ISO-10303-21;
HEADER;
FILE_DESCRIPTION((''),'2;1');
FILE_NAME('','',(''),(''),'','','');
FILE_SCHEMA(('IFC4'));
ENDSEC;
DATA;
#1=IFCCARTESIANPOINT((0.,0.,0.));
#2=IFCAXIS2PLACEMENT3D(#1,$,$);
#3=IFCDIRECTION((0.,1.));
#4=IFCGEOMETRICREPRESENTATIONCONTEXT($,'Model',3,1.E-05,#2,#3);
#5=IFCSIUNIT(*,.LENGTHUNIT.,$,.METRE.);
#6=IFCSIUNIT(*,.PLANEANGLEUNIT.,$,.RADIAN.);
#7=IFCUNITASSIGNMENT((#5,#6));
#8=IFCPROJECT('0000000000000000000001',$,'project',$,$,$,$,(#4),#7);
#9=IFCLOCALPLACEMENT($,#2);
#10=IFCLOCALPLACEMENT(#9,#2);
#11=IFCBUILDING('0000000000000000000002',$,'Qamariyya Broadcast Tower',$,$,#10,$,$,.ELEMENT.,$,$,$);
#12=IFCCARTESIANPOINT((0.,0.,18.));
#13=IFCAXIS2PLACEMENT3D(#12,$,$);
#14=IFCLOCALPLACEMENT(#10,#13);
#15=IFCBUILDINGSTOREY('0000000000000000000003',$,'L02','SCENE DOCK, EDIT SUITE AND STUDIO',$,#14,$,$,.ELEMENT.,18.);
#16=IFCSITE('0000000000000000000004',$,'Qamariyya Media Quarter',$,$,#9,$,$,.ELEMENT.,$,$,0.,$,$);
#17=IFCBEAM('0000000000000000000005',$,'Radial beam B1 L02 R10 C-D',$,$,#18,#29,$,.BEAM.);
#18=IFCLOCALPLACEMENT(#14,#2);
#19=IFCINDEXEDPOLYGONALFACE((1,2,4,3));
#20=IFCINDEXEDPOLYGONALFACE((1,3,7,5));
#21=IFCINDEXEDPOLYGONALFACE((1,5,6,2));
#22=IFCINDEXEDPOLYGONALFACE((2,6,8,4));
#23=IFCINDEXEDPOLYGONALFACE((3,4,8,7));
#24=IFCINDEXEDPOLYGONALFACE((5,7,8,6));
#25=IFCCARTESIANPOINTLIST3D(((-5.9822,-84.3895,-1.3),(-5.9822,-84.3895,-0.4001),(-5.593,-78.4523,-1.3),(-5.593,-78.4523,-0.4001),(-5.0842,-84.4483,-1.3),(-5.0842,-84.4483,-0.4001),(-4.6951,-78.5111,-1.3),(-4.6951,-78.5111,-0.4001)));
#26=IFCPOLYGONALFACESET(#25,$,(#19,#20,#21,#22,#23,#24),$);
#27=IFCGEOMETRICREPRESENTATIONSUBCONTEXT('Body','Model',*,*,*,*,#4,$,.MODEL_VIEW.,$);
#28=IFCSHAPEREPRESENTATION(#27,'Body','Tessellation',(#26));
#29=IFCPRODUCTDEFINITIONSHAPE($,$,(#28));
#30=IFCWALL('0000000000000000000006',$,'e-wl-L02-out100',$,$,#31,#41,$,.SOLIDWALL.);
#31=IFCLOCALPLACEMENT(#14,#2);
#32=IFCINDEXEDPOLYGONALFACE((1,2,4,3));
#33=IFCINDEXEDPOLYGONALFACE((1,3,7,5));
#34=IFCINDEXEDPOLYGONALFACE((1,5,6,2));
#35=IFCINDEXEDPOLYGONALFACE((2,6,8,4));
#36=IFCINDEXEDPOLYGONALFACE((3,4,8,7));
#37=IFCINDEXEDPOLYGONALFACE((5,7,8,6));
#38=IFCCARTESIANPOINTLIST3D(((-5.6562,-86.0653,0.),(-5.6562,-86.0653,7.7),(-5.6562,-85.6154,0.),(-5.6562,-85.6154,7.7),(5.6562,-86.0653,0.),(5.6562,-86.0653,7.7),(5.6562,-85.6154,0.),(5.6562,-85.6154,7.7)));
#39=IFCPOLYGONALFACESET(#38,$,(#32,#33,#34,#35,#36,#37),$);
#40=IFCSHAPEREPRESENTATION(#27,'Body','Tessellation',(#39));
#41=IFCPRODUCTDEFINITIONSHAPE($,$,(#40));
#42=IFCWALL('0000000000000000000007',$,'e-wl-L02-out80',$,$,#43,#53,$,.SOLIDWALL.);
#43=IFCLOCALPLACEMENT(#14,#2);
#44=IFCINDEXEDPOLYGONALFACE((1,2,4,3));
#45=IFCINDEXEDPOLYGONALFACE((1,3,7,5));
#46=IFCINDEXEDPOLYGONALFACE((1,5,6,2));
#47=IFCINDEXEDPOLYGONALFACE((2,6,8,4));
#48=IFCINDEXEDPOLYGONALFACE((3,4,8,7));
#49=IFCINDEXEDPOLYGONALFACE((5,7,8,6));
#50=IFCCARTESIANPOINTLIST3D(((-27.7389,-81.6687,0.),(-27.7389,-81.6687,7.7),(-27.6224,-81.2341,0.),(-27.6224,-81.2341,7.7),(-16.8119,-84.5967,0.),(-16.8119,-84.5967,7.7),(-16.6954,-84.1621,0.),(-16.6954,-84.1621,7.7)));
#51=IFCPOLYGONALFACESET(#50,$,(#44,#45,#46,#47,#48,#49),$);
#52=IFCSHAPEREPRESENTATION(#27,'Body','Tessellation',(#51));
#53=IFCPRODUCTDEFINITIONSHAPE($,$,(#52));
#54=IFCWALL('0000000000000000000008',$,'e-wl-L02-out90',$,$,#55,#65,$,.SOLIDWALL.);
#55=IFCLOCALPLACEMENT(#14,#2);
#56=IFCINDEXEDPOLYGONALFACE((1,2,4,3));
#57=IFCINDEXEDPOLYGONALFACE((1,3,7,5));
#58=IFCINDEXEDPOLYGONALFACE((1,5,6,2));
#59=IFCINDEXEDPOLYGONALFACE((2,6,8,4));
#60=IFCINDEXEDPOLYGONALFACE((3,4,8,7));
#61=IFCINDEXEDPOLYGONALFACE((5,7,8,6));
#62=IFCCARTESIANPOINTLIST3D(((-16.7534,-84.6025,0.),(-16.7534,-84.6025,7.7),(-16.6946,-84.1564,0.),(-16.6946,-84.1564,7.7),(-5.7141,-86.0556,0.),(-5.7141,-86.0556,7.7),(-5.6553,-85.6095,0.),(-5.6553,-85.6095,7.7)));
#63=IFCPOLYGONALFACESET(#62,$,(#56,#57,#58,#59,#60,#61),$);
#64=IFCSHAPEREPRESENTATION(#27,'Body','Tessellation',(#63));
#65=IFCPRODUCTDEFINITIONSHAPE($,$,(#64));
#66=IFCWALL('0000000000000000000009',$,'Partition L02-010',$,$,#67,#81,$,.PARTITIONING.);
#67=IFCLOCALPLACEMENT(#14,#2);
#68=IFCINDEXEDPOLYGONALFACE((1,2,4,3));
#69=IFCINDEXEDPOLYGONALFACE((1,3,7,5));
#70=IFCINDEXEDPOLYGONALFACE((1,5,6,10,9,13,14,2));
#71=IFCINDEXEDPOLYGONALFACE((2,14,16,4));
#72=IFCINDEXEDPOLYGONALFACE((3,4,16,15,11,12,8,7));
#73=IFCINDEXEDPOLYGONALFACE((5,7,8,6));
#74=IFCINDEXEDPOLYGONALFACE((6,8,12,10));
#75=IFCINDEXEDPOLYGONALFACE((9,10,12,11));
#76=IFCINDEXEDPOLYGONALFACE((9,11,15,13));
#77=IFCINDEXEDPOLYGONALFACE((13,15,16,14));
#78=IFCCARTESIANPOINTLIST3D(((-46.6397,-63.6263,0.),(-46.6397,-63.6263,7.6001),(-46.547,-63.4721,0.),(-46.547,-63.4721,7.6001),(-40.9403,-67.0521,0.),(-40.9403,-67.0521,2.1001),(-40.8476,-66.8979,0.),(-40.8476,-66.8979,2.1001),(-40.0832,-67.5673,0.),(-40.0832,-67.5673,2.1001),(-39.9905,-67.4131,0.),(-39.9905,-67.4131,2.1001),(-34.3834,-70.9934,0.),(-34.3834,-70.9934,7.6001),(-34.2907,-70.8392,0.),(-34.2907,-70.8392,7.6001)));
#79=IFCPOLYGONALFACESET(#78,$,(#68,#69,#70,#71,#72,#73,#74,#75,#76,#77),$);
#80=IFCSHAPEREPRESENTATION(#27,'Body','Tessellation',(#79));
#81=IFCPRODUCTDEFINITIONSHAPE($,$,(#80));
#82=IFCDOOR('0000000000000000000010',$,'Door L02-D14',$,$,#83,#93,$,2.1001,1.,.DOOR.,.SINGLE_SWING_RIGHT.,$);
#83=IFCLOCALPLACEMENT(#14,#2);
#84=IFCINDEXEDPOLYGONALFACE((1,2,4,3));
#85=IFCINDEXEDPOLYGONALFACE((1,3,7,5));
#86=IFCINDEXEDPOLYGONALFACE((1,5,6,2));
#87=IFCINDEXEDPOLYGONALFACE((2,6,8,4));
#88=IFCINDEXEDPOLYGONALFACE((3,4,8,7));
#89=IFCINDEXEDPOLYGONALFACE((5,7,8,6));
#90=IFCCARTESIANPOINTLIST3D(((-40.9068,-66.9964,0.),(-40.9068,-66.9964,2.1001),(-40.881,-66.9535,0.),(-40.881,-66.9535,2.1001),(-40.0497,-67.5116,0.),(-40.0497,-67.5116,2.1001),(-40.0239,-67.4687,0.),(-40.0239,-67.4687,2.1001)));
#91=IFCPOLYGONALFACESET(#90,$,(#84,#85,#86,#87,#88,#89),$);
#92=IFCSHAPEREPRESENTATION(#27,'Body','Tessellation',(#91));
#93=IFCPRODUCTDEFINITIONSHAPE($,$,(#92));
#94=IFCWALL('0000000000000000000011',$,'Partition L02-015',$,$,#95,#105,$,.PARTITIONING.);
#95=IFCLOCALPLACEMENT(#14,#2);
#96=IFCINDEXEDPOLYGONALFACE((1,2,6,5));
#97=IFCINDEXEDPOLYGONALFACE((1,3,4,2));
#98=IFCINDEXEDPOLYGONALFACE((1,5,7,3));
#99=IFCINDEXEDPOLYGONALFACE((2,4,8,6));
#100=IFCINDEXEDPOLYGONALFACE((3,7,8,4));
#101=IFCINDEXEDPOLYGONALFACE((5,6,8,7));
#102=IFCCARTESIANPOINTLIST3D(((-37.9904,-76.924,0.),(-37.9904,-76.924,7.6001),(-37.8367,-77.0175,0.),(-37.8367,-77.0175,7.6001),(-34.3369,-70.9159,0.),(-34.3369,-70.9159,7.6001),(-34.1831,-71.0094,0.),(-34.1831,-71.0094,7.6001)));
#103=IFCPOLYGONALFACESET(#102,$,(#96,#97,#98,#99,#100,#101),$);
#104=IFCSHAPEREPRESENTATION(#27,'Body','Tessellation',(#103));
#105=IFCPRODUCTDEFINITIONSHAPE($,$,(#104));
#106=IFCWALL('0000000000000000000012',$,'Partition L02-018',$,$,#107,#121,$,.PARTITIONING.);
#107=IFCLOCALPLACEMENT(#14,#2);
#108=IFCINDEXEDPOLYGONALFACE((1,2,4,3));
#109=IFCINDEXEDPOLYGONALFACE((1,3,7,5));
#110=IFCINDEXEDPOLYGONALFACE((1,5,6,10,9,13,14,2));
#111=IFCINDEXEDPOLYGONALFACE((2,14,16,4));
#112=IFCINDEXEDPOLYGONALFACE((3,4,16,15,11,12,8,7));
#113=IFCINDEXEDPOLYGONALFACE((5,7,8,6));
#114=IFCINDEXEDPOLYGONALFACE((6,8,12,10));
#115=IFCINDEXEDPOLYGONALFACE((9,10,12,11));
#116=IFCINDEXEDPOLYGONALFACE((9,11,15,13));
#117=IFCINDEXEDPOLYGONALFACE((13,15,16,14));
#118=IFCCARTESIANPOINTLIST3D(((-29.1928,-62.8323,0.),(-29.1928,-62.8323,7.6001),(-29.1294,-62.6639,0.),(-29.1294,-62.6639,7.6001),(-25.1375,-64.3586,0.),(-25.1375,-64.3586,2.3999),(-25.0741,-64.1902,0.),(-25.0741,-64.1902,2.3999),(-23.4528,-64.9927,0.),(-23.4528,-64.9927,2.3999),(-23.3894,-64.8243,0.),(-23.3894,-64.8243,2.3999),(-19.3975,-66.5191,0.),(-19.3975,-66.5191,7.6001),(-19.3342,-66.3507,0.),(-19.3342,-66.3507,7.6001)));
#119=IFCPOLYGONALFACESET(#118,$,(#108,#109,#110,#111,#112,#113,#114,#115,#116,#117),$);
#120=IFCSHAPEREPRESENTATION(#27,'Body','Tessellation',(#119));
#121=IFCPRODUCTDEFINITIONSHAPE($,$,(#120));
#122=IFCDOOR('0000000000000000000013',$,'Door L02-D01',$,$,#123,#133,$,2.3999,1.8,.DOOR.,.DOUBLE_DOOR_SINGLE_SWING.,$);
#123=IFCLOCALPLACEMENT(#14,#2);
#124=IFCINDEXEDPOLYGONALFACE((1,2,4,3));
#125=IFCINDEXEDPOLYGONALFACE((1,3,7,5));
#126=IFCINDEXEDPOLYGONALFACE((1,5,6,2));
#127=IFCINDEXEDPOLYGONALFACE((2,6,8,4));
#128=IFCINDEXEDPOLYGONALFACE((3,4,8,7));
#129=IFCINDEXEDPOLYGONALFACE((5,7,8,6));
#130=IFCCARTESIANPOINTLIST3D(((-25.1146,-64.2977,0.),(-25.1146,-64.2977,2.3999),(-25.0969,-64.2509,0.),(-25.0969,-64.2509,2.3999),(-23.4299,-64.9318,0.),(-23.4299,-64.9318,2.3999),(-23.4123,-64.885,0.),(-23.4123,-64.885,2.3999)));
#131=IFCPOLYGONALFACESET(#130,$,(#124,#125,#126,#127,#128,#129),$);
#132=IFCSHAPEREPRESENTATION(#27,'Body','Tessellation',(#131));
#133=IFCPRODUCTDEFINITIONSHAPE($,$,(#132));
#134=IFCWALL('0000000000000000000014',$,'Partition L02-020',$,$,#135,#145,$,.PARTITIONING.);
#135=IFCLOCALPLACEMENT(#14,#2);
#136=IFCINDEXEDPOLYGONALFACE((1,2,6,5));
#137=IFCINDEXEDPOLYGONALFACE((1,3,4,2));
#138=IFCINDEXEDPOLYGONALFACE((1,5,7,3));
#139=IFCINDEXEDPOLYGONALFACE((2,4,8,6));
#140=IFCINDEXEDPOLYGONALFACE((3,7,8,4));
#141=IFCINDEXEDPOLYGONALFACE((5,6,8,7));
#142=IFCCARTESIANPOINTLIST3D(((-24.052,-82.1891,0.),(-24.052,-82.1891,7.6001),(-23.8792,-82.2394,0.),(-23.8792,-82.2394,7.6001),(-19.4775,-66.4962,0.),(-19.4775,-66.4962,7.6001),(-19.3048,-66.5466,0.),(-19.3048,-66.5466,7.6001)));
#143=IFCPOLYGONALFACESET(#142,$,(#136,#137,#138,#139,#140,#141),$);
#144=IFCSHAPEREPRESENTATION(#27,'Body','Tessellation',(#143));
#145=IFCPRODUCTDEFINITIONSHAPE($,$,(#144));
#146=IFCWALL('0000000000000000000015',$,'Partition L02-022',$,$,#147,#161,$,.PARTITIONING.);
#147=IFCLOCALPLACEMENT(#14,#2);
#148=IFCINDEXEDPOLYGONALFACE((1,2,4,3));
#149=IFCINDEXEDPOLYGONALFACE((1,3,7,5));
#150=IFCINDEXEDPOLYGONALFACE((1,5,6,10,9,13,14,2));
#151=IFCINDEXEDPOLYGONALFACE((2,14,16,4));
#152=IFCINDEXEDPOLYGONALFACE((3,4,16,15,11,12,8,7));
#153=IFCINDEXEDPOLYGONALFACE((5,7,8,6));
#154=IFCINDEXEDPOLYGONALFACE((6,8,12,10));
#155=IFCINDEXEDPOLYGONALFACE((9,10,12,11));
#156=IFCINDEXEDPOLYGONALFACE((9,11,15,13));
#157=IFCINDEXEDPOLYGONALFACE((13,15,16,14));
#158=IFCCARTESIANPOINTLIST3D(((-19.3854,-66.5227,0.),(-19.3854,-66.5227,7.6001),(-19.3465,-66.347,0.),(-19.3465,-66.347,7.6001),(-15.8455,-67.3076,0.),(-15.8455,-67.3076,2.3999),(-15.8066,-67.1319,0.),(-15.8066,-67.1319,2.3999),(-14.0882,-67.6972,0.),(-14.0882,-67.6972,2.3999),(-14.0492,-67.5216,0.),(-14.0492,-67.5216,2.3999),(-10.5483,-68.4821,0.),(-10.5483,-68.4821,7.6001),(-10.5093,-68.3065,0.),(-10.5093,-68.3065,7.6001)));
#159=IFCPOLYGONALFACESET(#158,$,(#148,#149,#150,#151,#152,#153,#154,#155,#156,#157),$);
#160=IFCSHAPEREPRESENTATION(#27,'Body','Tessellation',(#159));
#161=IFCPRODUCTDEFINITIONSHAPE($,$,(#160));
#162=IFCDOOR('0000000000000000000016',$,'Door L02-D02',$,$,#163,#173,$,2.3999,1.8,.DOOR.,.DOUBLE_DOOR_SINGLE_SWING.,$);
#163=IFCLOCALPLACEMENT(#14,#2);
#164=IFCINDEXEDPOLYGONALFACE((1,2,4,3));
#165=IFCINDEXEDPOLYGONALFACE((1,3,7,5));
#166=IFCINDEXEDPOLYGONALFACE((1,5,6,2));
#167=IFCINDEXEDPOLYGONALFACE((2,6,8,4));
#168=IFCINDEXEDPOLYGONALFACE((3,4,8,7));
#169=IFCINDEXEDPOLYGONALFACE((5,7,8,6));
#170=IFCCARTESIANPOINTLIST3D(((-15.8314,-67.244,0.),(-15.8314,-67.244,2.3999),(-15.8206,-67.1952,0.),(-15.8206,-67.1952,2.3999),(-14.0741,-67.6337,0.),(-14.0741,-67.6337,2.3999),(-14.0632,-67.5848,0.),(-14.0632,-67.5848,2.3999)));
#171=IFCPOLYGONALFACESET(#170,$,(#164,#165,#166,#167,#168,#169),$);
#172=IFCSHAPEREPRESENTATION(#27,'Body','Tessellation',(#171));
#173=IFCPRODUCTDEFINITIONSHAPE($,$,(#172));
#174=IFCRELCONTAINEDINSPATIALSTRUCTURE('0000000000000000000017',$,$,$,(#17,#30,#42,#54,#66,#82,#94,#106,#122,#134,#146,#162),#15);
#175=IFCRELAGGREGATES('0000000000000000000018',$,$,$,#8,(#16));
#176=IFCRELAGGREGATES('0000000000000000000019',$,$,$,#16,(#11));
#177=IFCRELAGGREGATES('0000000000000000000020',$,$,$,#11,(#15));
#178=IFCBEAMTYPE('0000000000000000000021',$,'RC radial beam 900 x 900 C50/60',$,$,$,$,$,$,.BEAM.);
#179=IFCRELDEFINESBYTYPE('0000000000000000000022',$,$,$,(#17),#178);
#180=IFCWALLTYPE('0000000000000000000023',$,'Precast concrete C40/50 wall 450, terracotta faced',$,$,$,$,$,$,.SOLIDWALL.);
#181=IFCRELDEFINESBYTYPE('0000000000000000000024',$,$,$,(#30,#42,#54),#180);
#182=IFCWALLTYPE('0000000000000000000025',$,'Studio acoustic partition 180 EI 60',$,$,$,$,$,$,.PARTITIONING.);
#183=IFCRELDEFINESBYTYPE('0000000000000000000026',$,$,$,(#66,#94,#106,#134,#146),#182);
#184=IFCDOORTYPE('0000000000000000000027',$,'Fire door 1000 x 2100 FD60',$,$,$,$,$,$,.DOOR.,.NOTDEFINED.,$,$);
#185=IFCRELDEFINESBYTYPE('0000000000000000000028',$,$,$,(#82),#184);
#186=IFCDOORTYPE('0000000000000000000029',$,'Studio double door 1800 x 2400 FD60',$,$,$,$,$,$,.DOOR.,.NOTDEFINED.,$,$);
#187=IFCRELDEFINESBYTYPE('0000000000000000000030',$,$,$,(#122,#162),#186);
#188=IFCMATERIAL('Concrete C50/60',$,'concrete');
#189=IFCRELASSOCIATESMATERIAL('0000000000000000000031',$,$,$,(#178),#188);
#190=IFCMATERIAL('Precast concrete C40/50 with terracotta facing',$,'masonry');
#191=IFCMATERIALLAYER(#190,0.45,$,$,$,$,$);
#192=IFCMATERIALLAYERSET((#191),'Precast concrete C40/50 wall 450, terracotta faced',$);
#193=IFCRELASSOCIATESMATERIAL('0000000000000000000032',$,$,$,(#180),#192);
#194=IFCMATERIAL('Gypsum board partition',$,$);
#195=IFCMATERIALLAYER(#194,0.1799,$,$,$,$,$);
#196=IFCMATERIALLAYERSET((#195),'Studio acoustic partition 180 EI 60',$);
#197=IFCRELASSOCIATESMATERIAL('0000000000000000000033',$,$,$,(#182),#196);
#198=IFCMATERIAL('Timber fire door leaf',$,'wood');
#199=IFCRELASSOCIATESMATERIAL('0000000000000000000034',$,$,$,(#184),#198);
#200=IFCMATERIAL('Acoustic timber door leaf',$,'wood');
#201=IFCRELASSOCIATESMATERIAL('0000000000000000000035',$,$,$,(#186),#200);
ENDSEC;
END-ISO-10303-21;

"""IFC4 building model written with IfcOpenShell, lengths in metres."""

from ifc_helpers import new_model, si_unit, direction, frame, frame_2d, origin, origin_2d, place, context, subcontext, project, spatial, rectangle, extrude, material, layer, layer_set, material_profile, profile_set, type_object, element, fill, save


model = new_model("IFC4")

# Units and contexts
model_context = context("Model", 3, precision=1e-05, world=origin(), true_north=direction((0.0, 1.0)))
body_context = subcontext(model_context, "Body", "Model", "MODEL_VIEW")
ifc_project = project(units=[si_unit("LENGTHUNIT", "METRE"), si_unit("PLANEANGLEUNIT", "RADIAN")], contexts=[model_context])

# Site, building, storey
site_placement = place(None, origin())
site = spatial("IfcSite", under=ifc_project, at=site_placement, Name="Qamariyya Media Quarter", CompositionType="ELEMENT", RefElevation=0.0)
building_placement = place(site_placement, origin())
building = spatial("IfcBuilding", under=site, at=building_placement, Name="Qamariyya Broadcast Tower", CompositionType="ELEMENT")
storey_placement = place(building_placement, frame((0.0, 0.0, 18.0)))
storey = spatial("IfcBuildingStorey", under=building, at=storey_placement, Name="L02", Description="SCENE DOCK, EDIT SUITE AND STUDIO", CompositionType="ELEMENT", Elevation=18.0)

# Beam
ifc_material_1 = material(Name="Concrete C50/60", Category="concrete")
ifc_material_profile_1 = material_profile(ifc_material_1, rectangle(XDim=0.8999, YDim=0.8999, at=origin_2d()))
ifc_profile_set_1 = profile_set([ifc_material_profile_1], Name="Concrete C50/60")
beam_type_1 = type_object("IfcBeamType", Name="RC radial beam 900 x 900 C50/60", PredefinedType="BEAM", material=ifc_profile_set_1)
for number, where, z_axis, x_axis, name in (
    (1, (-5.144, -78.4817, -0.8501), (-0.065405, -0.997859, 0.0), (0.997859, -0.065405, 0.0), "Radial beam B1 L02 R10 C-D"),
):
    element("IfcBeam", number, at=place(storey_placement, frame(where, z_axis=z_axis, x_axis=x_axis)), inside=storey, type_object=beam_type_1, Name=name, PredefinedType="BEAM", context=body_context, shape_type="SweptSolid", body=[
        extrude(rectangle(XDim=0.8999, YDim=0.8999, at=origin_2d()), origin(), (0.0, 0.0, 1.0), 5.95),
    ])

# Walls
ifc_material_2 = material(Name="Precast concrete C40/50 with terracotta facing", Category="masonry")
ifc_layer_1 = layer(ifc_material_2, 0.45)
ifc_layer_set_1 = layer_set([ifc_layer_1], Name="Precast concrete C40/50 wall 450, terracotta faced")
wall_type_1 = type_object("IfcWallType", Name="Precast concrete C40/50 wall 450, terracotta faced", PredefinedType="SOLIDWALL", material=ifc_layer_set_1)
for number, where, z_axis, x_axis, name in (
    (2, (-5.6562, -85.8403, 0.0), (0.0, 0.0, 1.0), (1.0, 0.0, 0.0), "e-wl-L02-out100"),
    (3, (-27.6807, -81.4514, 0.0), (0.0, 0.0, 1.0), (0.965924, -0.258827, 0.0), "e-wl-L02-out80"),
):
    element("IfcWall", number, at=place(storey_placement, frame(where, z_axis=z_axis, x_axis=x_axis)), inside=storey, type_object=wall_type_1, Name=name, PredefinedType="SOLIDWALL", context=body_context, shape_type="SweptSolid", body=[
        extrude(rectangle(XDim=11.3125, YDim=0.45, at=frame_2d((5.6562, 0.0))), origin(), (0.0, 0.0, 1.0), 7.7),
    ])
wall_1_placement = place(storey_placement, frame((-16.7241, -84.3794, 0.0), z_axis=(0.0, 0.0, 1.0), x_axis=(0.991448, -0.130506, 0.0)))
element("IfcWall", 4, at=wall_1_placement, inside=storey, type_object=wall_type_1, Name="e-wl-L02-out90", PredefinedType="SOLIDWALL", context=body_context, shape_type="SweptSolid", body=[
    extrude(rectangle(XDim=11.1345, YDim=0.45, at=frame_2d((5.5674, 0.0))), origin(), (0.0, 0.0, 1.0), 7.7),
])

# Wall, opening, door
ifc_material_3 = material(Name="Gypsum board partition")
ifc_layer_2 = layer(ifc_material_3, 0.1799)
ifc_layer_set_2 = layer_set([ifc_layer_2], Name="Studio acoustic partition 180 EI 60")
wall_type_2 = type_object("IfcWallType", Name="Studio acoustic partition 180 EI 60", PredefinedType="PARTITIONING", material=ifc_layer_set_2)
wall_2_placement = place(storey_placement, frame((-34.3372, -70.9163, 0.0), z_axis=(0.0, 0.0, 1.0), x_axis=(-0.85708, 0.515184, 0.0)))
wall_2 = element("IfcWall", 5, at=wall_2_placement, inside=storey, type_object=wall_type_2, Name="Partition L02-010", PredefinedType="PARTITIONING", context=body_context, shape_type="SweptSolid", body=[
    extrude(rectangle(XDim=14.3, YDim=0.1799, at=frame_2d((7.1499, 0.0))), origin(), (0.0, 0.0, 1.0), 7.6001),
])
opening_1_placement = place(wall_2_placement, frame((6.6501, 0.0, 0.0)))
opening_1 = element("IfcOpeningElement", 6, at=opening_1_placement, cuts=wall_2, PredefinedType="OPENING", context=body_context, shape_type="SweptSolid", body=[
    extrude(rectangle(XDim=1.0, YDim=2.1001, at=frame_2d((0.5, 1.05))), frame((0.0, 0.0999, 0.0), z_axis=(0.0, -1.0, 0.0), x_axis=(1.0, 0.0, 0.0)), (0.0, 0.0, 1.0), 0.2),
])
ifc_material_4 = material(Name="Timber fire door leaf", Category="wood")
door_type_1 = type_object("IfcDoorType", Name="Fire door 1000 x 2100 FD60", OperationType="NOTDEFINED", PredefinedType="DOOR", material=ifc_material_4)
door_1_placement = place(opening_1_placement, origin())
door_1 = element("IfcDoor", 7, at=door_1_placement, inside=storey, type_object=door_type_1, Name="Door L02-D14", OperationType="SINGLE_SWING_RIGHT", OverallHeight=2.1001, OverallWidth=1.0, PredefinedType="DOOR", context=body_context, shape_type="SweptSolid", body=[
    extrude(rectangle(XDim=1.0, YDim=2.1001, at=frame_2d((0.5, 1.05))), frame((0.0, 0.0249, 0.0), z_axis=(0.0, -1.0, 0.0), x_axis=(1.0, 0.0, 0.0)), (0.0, 0.0, 1.0), 0.05),
])
fill(opening_1, door_1)

# Wall
wall_3_placement = place(storey_placement, frame((-34.26, -70.9626, 0.0), z_axis=(0.0, 0.0, 1.0), x_axis=(-0.519582, -0.85442, 0.0)))
element("IfcWall", 8, at=wall_3_placement, inside=storey, type_object=wall_type_2, Name="Partition L02-015", PredefinedType="PARTITIONING", context=body_context, shape_type="SweptSolid", body=[
    extrude(rectangle(XDim=7.0317, YDim=0.1799, at=frame_2d((3.5159, 0.0))), origin(), (0.0, 0.0, 1.0), 7.6001),
])

# Wall, opening, door
wall_4_placement = place(storey_placement, frame((-19.366, -66.4348, 0.0), z_axis=(0.0, 0.0, 1.0), x_axis=(-0.935902, 0.352261, 0.0)))
wall_4 = element("IfcWall", 9, at=wall_4_placement, inside=storey, type_object=wall_type_2, Name="Partition L02-018", PredefinedType="PARTITIONING", context=body_context, shape_type="SweptSolid", body=[
    extrude(rectangle(XDim=10.4661, YDim=0.1799, at=frame_2d((5.2329, 0.0))), origin(), (0.0, 0.0, 1.0), 7.6001),
])
opening_2_placement = place(wall_4_placement, frame((4.333, 0.0, 0.0)))
opening_2 = element("IfcOpeningElement", 10, at=opening_2_placement, cuts=wall_4, PredefinedType="OPENING", context=body_context, shape_type="SweptSolid", body=[
    extrude(rectangle(XDim=1.8, YDim=2.3999, at=frame_2d((0.8999, 1.2))), frame((0.0, 0.0999, 0.0), z_axis=(0.0, -1.0, 0.0), x_axis=(1.0, 0.0, 0.0)), (0.0, 0.0, 1.0), 0.2),
])
ifc_material_5 = material(Name="Acoustic timber door leaf", Category="wood")
door_type_2 = type_object("IfcDoorType", Name="Studio double door 1800 x 2400 FD60", OperationType="NOTDEFINED", PredefinedType="DOOR", material=ifc_material_5)
door_2_placement = place(opening_2_placement, origin())
door_2 = element("IfcDoor", 11, at=door_2_placement, inside=storey, type_object=door_type_2, Name="Door L02-D01", OperationType="DOUBLE_DOOR_SINGLE_SWING", OverallHeight=2.3999, OverallWidth=1.8, PredefinedType="DOOR", context=body_context, shape_type="SweptSolid", body=[
    extrude(rectangle(XDim=1.8, YDim=2.3999, at=frame_2d((0.8999, 1.2))), frame((0.0, 0.0249, 0.0), z_axis=(0.0, -1.0, 0.0), x_axis=(1.0, 0.0, 0.0)), (0.0, 0.0, 1.0), 0.05),
])
fill(opening_2, door_2)

# Wall
wall_5_placement = place(storey_placement, frame((-23.9656, -82.2141, 0.0), z_axis=(0.0, 0.0, 1.0), x_axis=(0.279852, 0.960043, 0.0)))
element("IfcWall", 12, at=wall_5_placement, inside=storey, type_object=wall_type_2, Name="Partition L02-020", PredefinedType="PARTITIONING", context=body_context, shape_type="SweptSolid", body=[
    extrude(rectangle(XDim=16.3459, YDim=0.1799, at=frame_2d((8.1729, 0.0))), origin(), (0.0, 0.0, 1.0), 7.6001),
])

# Wall, opening, door
wall_6_placement = place(storey_placement, frame((-10.5288, -68.3943, 0.0), z_axis=(0.0, 0.0, 1.0), x_axis=(-0.976288, 0.216474, 0.0)))
wall_6 = element("IfcWall", 13, at=wall_6_placement, inside=storey, type_object=wall_type_2, Name="Partition L02-022", PredefinedType="PARTITIONING", context=body_context, shape_type="SweptSolid", body=[
    extrude(rectangle(XDim=9.0518, YDim=0.1799, at=frame_2d((4.5259, 0.0))), origin(), (0.0, 0.0, 1.0), 7.6001),
])
opening_3_placement = place(wall_6_placement, frame((3.626, 0.0, 0.0)))
opening_3 = element("IfcOpeningElement", 14, at=opening_3_placement, cuts=wall_6, PredefinedType="OPENING", context=body_context, shape_type="SweptSolid", body=[
    extrude(rectangle(XDim=1.8, YDim=2.3999, at=frame_2d((0.8999, 1.2))), frame((0.0, 0.0999, 0.0), z_axis=(0.0, -1.0, 0.0), x_axis=(1.0, 0.0, 0.0)), (0.0, 0.0, 1.0), 0.2),
])
door_3_placement = place(opening_3_placement, origin())
door_3 = element("IfcDoor", 15, at=door_3_placement, inside=storey, type_object=door_type_2, Name="Door L02-D02", OperationType="DOUBLE_DOOR_SINGLE_SWING", OverallHeight=2.3999, OverallWidth=1.8, PredefinedType="DOOR", context=body_context, shape_type="SweptSolid", body=[
    extrude(rectangle(XDim=1.8, YDim=2.3999, at=frame_2d((0.8999, 1.2))), frame((0.0, 0.0249, 0.0), z_axis=(0.0, -1.0, 0.0), x_axis=(1.0, 0.0, 0.0)), (0.0, 0.0, 1.0), 0.05),
])
fill(opening_3, door_3)

save(model, "model.ifc")
